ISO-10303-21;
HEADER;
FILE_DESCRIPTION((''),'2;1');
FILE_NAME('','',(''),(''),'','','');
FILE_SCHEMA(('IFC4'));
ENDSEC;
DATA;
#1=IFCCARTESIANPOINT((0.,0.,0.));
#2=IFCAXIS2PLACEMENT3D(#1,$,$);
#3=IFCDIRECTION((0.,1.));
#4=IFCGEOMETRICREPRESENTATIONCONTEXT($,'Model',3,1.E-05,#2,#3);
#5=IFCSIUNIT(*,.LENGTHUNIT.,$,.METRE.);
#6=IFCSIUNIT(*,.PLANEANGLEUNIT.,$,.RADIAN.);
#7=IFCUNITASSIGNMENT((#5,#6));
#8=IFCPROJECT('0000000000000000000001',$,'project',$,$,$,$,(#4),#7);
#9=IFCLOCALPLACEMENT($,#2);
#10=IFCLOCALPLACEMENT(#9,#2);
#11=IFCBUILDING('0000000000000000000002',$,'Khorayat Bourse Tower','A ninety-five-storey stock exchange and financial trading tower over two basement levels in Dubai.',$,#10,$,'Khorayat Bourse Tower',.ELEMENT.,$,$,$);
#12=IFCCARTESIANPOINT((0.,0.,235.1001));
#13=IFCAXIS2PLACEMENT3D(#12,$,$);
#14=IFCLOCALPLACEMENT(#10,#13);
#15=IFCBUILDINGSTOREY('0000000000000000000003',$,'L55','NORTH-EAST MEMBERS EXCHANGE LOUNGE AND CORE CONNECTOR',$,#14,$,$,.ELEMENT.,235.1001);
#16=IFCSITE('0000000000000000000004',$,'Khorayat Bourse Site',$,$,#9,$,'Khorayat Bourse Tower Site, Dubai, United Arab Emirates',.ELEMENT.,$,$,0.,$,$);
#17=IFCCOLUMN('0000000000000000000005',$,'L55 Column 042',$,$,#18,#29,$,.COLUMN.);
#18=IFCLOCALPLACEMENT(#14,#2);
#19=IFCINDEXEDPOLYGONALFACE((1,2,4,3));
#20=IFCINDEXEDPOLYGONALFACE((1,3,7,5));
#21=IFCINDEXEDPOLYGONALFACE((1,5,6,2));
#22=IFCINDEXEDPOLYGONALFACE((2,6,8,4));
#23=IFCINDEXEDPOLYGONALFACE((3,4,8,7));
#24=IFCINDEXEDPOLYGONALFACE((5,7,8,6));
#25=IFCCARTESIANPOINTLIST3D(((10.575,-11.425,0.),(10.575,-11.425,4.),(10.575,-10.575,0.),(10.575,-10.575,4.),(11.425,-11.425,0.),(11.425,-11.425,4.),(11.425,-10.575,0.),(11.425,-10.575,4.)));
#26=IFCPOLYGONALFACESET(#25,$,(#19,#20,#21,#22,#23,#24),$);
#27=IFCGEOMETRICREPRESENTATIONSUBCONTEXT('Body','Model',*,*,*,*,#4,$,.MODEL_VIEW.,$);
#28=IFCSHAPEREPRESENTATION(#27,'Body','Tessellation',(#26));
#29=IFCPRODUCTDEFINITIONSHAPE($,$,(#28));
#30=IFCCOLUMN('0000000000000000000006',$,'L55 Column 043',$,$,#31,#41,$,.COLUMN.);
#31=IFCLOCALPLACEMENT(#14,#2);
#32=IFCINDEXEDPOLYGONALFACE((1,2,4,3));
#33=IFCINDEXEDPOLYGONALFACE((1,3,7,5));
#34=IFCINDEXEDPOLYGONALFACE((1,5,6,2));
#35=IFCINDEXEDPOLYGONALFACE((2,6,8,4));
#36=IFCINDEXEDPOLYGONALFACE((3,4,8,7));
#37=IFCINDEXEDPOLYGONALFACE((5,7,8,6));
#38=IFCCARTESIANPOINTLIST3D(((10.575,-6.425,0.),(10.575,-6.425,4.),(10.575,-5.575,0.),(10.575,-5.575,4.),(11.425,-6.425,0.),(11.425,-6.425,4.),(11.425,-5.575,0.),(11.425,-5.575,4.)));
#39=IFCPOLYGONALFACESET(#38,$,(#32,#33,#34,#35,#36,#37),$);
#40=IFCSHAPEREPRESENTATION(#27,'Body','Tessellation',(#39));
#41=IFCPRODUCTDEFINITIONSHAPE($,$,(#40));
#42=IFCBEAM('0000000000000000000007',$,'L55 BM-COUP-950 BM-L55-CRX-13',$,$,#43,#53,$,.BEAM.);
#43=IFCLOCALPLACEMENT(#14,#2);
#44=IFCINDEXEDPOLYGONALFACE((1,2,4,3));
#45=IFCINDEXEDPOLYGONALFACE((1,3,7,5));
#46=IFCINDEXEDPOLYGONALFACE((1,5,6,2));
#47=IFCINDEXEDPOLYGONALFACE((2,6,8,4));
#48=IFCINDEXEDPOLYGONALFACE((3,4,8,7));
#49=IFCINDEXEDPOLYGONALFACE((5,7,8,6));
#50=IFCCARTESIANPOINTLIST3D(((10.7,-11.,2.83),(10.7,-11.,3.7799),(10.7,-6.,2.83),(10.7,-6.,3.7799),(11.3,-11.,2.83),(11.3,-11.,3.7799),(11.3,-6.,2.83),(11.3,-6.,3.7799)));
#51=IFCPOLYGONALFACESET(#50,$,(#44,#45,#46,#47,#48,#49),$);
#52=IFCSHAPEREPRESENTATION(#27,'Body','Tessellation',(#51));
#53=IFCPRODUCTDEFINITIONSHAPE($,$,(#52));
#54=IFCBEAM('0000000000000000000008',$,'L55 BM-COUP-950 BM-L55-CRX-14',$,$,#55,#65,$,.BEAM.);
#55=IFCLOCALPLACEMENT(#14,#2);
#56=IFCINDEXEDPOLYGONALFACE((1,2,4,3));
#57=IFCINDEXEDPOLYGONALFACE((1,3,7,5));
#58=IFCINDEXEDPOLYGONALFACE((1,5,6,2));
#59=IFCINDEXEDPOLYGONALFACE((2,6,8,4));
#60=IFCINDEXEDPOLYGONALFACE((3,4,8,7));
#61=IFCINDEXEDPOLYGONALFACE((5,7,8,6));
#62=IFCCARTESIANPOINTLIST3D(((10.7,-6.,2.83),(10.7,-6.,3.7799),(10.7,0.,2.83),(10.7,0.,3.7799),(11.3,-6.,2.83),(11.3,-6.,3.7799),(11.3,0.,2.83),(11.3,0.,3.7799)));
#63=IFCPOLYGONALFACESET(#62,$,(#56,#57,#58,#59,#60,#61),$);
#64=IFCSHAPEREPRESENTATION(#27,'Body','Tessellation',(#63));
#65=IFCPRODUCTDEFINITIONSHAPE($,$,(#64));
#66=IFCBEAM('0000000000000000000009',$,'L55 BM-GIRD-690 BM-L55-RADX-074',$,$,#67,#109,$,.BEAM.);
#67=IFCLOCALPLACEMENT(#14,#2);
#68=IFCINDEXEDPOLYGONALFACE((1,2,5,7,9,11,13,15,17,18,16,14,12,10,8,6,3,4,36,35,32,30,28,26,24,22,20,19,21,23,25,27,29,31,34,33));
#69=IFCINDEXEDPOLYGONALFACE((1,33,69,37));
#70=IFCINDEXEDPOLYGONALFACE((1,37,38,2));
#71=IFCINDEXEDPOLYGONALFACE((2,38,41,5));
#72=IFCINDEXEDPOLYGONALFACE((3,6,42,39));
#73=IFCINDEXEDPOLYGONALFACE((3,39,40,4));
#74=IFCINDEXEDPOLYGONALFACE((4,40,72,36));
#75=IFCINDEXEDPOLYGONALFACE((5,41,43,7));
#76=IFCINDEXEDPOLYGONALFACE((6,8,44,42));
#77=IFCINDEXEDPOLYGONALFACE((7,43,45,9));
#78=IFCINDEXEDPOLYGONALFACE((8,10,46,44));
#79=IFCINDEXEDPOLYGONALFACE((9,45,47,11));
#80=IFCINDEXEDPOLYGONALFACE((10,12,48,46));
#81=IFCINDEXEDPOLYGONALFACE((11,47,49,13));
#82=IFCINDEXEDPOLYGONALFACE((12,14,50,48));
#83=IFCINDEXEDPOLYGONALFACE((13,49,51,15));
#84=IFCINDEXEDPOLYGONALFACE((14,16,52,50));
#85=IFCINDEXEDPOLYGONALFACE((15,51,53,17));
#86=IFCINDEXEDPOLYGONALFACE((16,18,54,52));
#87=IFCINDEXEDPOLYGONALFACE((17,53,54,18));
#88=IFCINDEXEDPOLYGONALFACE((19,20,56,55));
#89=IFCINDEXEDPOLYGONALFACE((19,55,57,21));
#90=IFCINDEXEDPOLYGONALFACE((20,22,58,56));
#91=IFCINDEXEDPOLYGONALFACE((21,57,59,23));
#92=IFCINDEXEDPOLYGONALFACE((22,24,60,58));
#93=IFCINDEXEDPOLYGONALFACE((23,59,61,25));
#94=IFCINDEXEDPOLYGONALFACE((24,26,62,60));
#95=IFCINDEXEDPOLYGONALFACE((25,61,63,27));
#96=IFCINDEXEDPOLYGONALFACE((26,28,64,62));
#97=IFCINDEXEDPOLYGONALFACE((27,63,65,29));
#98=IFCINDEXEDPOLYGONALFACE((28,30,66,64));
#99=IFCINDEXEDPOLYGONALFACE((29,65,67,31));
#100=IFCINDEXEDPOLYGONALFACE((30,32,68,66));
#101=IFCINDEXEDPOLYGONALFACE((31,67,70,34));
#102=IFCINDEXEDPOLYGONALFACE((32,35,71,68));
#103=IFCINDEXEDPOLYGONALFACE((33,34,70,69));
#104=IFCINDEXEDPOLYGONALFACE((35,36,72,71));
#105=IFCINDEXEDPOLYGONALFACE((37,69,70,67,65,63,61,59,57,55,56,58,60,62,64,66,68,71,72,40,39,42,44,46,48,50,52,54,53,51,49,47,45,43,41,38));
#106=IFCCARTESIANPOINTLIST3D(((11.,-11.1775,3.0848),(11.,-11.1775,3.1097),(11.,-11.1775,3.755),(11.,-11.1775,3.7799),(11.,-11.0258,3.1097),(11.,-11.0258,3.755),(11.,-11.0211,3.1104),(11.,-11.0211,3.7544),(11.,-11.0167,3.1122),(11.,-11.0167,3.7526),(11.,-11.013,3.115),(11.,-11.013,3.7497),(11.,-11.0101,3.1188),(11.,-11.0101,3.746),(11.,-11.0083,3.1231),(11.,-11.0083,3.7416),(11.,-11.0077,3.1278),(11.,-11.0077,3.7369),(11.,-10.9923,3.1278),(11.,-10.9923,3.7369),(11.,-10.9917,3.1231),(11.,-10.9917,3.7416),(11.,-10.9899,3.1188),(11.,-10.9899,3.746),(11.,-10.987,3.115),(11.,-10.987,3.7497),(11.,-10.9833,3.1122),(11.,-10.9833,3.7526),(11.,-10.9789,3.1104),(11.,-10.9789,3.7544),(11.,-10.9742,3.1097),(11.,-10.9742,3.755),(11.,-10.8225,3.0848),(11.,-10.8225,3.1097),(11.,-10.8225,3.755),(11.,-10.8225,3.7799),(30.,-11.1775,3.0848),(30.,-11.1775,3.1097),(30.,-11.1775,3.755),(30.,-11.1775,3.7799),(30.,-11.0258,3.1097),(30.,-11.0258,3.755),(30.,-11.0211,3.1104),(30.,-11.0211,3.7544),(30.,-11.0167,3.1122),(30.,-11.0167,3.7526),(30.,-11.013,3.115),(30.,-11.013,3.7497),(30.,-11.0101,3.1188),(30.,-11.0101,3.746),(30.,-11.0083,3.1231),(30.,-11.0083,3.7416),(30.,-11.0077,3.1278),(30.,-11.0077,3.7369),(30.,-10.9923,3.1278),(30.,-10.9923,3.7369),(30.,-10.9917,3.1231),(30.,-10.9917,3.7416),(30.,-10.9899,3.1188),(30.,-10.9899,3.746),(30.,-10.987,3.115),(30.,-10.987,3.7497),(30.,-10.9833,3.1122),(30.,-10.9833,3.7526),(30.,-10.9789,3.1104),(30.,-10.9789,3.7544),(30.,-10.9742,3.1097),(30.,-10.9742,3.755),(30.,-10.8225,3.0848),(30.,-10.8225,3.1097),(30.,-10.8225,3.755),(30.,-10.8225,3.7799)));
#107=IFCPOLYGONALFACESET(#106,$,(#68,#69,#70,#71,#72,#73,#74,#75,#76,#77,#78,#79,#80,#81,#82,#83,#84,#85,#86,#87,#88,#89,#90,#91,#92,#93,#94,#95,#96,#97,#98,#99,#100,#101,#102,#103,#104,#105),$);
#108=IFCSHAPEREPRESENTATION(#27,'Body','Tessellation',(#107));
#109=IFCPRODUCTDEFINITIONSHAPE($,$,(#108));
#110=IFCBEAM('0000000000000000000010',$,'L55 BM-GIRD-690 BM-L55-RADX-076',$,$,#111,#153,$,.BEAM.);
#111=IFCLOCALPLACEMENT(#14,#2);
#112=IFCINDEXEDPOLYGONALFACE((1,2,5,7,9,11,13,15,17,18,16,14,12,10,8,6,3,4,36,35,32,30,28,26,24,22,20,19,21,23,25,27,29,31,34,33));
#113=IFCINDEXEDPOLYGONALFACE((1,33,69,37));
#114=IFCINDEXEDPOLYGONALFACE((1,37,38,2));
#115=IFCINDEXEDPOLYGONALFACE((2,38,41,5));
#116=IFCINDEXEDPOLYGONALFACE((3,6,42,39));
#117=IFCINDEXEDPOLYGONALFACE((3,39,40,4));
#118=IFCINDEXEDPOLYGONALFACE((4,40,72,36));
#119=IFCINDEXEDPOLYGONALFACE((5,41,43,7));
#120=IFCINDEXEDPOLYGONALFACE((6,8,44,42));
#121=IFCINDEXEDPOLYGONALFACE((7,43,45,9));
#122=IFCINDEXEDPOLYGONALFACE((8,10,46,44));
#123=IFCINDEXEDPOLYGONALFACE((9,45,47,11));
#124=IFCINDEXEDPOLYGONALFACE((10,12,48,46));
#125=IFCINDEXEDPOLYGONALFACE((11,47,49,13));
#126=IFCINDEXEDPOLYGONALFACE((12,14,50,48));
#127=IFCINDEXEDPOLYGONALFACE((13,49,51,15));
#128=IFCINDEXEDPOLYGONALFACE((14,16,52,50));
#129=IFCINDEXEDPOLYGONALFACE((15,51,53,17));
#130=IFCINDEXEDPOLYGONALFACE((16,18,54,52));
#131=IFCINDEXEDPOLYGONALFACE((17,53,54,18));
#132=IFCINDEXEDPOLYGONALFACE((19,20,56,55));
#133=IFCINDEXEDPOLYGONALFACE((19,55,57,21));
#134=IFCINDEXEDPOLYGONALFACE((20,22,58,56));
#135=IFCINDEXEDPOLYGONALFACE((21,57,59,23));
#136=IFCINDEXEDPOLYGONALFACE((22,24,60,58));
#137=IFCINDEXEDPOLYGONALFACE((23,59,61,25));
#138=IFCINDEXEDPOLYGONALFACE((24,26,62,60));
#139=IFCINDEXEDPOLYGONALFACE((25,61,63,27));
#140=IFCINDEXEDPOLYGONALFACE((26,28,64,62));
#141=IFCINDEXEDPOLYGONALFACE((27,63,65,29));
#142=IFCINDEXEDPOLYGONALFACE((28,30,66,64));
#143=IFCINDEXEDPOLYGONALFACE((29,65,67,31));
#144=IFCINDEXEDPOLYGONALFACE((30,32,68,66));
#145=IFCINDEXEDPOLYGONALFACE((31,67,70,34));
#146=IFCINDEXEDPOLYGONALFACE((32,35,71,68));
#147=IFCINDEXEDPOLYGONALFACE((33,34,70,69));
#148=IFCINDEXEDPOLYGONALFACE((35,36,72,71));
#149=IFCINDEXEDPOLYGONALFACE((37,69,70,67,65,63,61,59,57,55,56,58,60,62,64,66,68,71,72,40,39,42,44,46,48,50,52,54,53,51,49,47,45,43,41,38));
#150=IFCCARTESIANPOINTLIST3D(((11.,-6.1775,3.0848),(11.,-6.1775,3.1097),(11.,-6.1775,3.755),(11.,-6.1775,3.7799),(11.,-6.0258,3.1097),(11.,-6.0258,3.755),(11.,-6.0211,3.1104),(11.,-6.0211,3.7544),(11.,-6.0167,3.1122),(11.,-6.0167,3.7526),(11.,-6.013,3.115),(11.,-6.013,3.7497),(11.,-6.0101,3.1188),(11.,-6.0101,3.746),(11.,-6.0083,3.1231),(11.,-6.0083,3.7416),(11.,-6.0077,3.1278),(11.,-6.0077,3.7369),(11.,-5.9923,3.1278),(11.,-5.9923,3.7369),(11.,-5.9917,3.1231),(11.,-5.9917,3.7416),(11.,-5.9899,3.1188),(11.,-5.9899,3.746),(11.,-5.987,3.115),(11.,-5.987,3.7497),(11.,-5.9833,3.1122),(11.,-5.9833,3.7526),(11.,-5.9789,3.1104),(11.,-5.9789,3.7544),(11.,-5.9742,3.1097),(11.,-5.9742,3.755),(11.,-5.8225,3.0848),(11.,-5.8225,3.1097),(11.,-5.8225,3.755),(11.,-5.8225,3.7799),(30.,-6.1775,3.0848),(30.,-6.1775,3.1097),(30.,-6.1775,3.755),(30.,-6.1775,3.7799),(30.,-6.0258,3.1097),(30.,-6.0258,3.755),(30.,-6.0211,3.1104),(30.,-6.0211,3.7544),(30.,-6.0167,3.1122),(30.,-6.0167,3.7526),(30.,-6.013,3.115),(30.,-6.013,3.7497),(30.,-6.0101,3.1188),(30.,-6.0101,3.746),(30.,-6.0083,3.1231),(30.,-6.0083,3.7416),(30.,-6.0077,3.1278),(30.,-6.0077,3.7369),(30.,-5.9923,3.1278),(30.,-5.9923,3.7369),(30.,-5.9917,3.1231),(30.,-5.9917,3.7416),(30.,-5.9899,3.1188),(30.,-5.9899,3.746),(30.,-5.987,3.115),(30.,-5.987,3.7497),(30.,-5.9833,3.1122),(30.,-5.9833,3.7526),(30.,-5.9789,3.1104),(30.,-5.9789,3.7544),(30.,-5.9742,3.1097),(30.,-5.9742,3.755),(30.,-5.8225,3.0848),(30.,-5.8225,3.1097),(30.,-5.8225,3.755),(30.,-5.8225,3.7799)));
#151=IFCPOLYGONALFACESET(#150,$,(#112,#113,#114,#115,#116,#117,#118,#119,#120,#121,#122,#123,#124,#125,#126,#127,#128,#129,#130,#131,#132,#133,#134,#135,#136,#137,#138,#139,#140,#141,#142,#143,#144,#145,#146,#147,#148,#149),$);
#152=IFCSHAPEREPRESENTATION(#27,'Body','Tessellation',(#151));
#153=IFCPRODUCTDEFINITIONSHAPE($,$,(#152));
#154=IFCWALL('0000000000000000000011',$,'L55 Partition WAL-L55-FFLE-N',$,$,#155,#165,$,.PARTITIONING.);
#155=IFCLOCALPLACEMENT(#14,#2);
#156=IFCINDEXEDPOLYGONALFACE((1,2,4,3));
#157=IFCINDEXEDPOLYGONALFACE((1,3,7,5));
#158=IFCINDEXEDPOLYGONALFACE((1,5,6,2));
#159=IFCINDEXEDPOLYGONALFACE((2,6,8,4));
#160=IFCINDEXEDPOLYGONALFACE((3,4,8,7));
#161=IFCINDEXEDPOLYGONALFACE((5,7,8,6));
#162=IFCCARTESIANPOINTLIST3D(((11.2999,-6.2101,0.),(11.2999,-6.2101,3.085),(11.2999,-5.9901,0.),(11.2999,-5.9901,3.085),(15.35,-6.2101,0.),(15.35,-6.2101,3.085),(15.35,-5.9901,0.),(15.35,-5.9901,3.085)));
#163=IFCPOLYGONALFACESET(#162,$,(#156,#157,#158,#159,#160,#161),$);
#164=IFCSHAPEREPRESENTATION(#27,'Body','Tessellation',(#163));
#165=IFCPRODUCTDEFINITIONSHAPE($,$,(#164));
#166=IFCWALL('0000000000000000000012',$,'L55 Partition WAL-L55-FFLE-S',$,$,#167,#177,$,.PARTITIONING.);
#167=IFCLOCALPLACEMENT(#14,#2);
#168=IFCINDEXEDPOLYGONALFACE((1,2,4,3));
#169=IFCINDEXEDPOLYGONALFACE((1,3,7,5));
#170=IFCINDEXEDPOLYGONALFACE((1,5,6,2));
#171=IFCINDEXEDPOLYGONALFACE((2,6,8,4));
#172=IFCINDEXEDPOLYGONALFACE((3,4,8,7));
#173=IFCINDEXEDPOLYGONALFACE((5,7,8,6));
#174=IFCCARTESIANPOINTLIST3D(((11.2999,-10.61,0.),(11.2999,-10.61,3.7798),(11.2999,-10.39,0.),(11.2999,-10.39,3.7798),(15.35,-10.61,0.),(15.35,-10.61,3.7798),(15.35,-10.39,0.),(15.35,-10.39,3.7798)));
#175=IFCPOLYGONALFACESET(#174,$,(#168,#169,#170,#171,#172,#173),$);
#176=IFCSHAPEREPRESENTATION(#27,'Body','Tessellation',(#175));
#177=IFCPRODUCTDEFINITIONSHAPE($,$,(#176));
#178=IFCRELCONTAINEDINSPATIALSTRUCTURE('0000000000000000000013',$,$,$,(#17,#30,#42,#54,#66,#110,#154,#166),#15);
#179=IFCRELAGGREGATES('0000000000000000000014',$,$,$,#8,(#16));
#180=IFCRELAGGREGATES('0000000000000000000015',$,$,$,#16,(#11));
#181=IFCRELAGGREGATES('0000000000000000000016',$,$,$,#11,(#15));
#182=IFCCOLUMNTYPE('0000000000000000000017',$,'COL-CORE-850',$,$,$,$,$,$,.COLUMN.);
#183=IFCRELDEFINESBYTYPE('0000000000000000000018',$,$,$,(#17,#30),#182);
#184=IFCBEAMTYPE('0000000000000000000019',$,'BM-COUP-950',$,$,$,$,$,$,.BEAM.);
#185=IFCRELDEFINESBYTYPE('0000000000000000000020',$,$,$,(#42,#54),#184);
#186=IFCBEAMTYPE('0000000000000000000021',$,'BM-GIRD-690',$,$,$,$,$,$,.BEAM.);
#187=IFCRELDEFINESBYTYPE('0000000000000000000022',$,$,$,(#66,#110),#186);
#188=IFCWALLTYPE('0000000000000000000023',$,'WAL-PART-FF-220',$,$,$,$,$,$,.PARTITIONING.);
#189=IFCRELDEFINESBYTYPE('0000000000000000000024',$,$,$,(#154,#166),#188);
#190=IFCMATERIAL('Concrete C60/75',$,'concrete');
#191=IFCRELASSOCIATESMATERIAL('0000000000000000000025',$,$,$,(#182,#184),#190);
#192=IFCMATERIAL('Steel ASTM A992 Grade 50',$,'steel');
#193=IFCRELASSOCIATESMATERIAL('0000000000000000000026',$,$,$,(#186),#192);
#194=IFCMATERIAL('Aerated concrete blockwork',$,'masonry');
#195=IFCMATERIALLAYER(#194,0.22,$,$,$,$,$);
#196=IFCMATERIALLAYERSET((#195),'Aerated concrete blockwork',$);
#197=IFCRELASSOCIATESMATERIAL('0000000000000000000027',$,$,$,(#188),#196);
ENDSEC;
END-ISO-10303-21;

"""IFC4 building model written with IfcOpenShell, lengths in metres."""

from ifc_helpers import new_model, si_unit, direction, frame, frame_2d, origin, origin_2d, place, context, subcontext, project, spatial, rectangle, i_section, extrude, source, transform, mapped, material, layer, layer_set, material_profile, profile_set, type_object, element, save


model = new_model("IFC4")

# Units and contexts
model_context = context("Model", 3, precision=1e-05, world=origin(), true_north=direction((0.0, 1.0)))
body_context = subcontext(model_context, "Body", "Model", "MODEL_VIEW")
ifc_project = project(units=[si_unit("LENGTHUNIT", "METRE"), si_unit("PLANEANGLEUNIT", "RADIAN")], contexts=[model_context])

# Site, building, storey
site_placement = place(None, origin())
site = spatial("IfcSite", under=ifc_project, at=site_placement, Name="Khorayat Bourse Site", LongName="Khorayat Bourse Tower Site, Dubai, United Arab Emirates", CompositionType="ELEMENT", RefElevation=0.0)
building_placement = place(site_placement, origin())
building = spatial("IfcBuilding", under=site, at=building_placement, Name="Khorayat Bourse Tower", Description="A ninety-five-storey stock exchange and financial trading tower over two basement levels in Dubai.", LongName="Khorayat Bourse Tower", CompositionType="ELEMENT")
storey_placement = place(building_placement, frame((0.0, 0.0, 235.1001)))
storey = spatial("IfcBuildingStorey", under=building, at=storey_placement, Name="L55", Description="NORTH-EAST MEMBERS EXCHANGE LOUNGE AND CORE CONNECTOR", CompositionType="ELEMENT", Elevation=235.1001)

# Columns
ifc_material_1 = material(Name="Concrete C60/75", Category="concrete")
ifc_material_profile_1 = material_profile(ifc_material_1, rectangle(XDim=0.8501, YDim=0.8501, at=origin_2d()), Name="RC 850x850")
ifc_profile_set_1 = profile_set([ifc_material_profile_1], Name="Concrete C60/75")
column_type = type_object("IfcColumnType", Name="COL-CORE-850", PredefinedType="COLUMN", material=ifc_profile_set_1)
shared_shape_1 = source(origin(), body_context, "Body", "SweptSolid", [
    extrude(rectangle(XDim=0.8501, YDim=0.8501, at=origin_2d()), origin(), (0.0, 0.0, 1.0), 4.0),
])
for number, where, z_axis, x_axis, name in (
    (1, (11.0, -11.0, 0.0), (0.0, 0.0, 1.0), (1.0, 0.0, 0.0), "L55 Column 042"),
    (2, (11.0, -6.0, 0.0), (0.0, 0.0, 1.0), (1.0, 0.0, 0.0), "L55 Column 043"),
):
    element("IfcColumn", number, at=place(storey_placement, frame(where, z_axis=z_axis, x_axis=x_axis)), inside=storey, type_object=column_type, Name=name, PredefinedType="COLUMN", context=body_context, shape_type="MappedRepresentation", body=[
        mapped(shared_shape_1, transform((0.0, 0.0, 0.0), scale=1.0)),
    ])

# Beams
ifc_material_profile_2 = material_profile(ifc_material_1, rectangle(XDim=0.6001, YDim=0.95, at=origin_2d()), Name="RC 600x950")
ifc_profile_set_2 = profile_set([ifc_material_profile_2], Name="Concrete C60/75")
beam_type_1 = type_object("IfcBeamType", Name="BM-COUP-950", PredefinedType="BEAM", material=ifc_profile_set_2)
shared_shape_2 = source(origin(), body_context, "Body", "SweptSolid", [
    extrude(rectangle(XDim=0.6001, YDim=0.95, at=origin_2d()), origin(), (0.0, 0.0, 1.0), 5.0),
])
beam_1_placement = place(storey_placement, frame((11.0, -11.0, 3.3049), z_axis=(0.0, 1.0, 0.0), x_axis=(-1.0, 0.0, 0.0)))
element("IfcBeam", 3, at=beam_1_placement, inside=storey, type_object=beam_type_1, Name="L55 BM-COUP-950 BM-L55-CRX-13", PredefinedType="BEAM", context=body_context, shape_type="MappedRepresentation", body=[
    mapped(shared_shape_2, transform((0.0, 0.0, 0.0), scale=1.0)),
])
shared_shape_3 = source(origin(), body_context, "Body", "SweptSolid", [
    extrude(rectangle(XDim=0.6001, YDim=0.95, at=origin_2d()), origin(), (0.0, 0.0, 1.0), 6.0),
])
beam_2_placement = place(storey_placement, frame((11.0, -6.0, 3.3049), z_axis=(0.0, 1.0, 0.0), x_axis=(-1.0, 0.0, 0.0)))
element("IfcBeam", 4, at=beam_2_placement, inside=storey, type_object=beam_type_1, Name="L55 BM-COUP-950 BM-L55-CRX-14", PredefinedType="BEAM", context=body_context, shape_type="MappedRepresentation", body=[
    mapped(shared_shape_3, transform((0.0, 0.0, 0.0), scale=1.0)),
])
ifc_material_2 = material(Name="Steel ASTM A992 Grade 50", Category="steel")
ifc_material_profile_3 = material_profile(ifc_material_2, i_section(OverallWidth=0.355, OverallDepth=0.6951, WebThickness=0.0154, FlangeThickness=0.0249, FilletRadius=0.0181, at=origin_2d()), Name="W690X217")
ifc_profile_set_3 = profile_set([ifc_material_profile_3], Name="Steel ASTM A992 Grade 50")
beam_type_2 = type_object("IfcBeamType", Name="BM-GIRD-690", PredefinedType="BEAM", material=ifc_profile_set_3)
shared_shape_4 = source(origin(), body_context, "Body", "SweptSolid", [
    extrude(i_section(OverallWidth=0.355, OverallDepth=0.6951, WebThickness=0.0154, FlangeThickness=0.0249, FilletRadius=0.0181, at=origin_2d()), origin(), (0.0, 0.0, 1.0), 19.0),
])
for number, where, z_axis, x_axis, name in (
    (5, (11.0, -11.0, 3.4324), (1.0, 0.0, 0.0), (0.0, 1.0, 0.0), "L55 BM-GIRD-690 BM-L55-RADX-074"),
    (6, (11.0, -6.0, 3.4324), (1.0, 0.0, 0.0), (0.0, 1.0, 0.0), "L55 BM-GIRD-690 BM-L55-RADX-076"),
):
    element("IfcBeam", number, at=place(storey_placement, frame(where, z_axis=z_axis, x_axis=x_axis)), inside=storey, type_object=beam_type_2, Name=name, PredefinedType="BEAM", context=body_context, shape_type="MappedRepresentation", body=[
        mapped(shared_shape_4, transform((0.0, 0.0, 0.0), scale=1.0)),
    ])

# Walls
ifc_material_3 = material(Name="Aerated concrete blockwork", Category="masonry")
ifc_layer_1 = layer(ifc_material_3, 0.22)
ifc_layer_set_1 = layer_set([ifc_layer_1], Name="Aerated concrete blockwork")
wall_type_1 = type_object("IfcWallType", Name="WAL-PART-FF-220", PredefinedType="PARTITIONING", material=ifc_layer_set_1)
shared_shape_5 = source(origin(), body_context, "Body", "SweptSolid", [
    extrude(rectangle(XDim=4.05, YDim=0.22, at=frame_2d((2.0249, 0.0))), origin(), (0.0, 0.0, 1.0), 3.085),
])
wall_1_placement = place(storey_placement, frame((11.3, -6.1001, 0.0), z_axis=(0.0, 0.0, 1.0), x_axis=(1.0, 0.0, 0.0)))
element("IfcWall", 7, at=wall_1_placement, inside=storey, type_object=wall_type_1, Name="L55 Partition WAL-L55-FFLE-N", PredefinedType="PARTITIONING", context=body_context, shape_type="MappedRepresentation", body=[
    mapped(shared_shape_5, transform((0.0, 0.0, 0.0), scale=1.0)),
])
shared_shape_6 = source(origin(), body_context, "Body", "SweptSolid", [
    extrude(rectangle(XDim=4.05, YDim=0.22, at=frame_2d((2.0249, 0.0))), origin(), (0.0, 0.0, 1.0), 3.7798),
])
wall_2_placement = place(storey_placement, frame((11.3, -10.5, 0.0), z_axis=(0.0, 0.0, 1.0), x_axis=(1.0, 0.0, 0.0)))
element("IfcWall", 8, at=wall_2_placement, inside=storey, type_object=wall_type_1, Name="L55 Partition WAL-L55-FFLE-S", PredefinedType="PARTITIONING", context=body_context, shape_type="MappedRepresentation", body=[
    mapped(shared_shape_6, transform((0.0, 0.0, 0.0), scale=1.0)),
])

save(model, "model.ifc")
